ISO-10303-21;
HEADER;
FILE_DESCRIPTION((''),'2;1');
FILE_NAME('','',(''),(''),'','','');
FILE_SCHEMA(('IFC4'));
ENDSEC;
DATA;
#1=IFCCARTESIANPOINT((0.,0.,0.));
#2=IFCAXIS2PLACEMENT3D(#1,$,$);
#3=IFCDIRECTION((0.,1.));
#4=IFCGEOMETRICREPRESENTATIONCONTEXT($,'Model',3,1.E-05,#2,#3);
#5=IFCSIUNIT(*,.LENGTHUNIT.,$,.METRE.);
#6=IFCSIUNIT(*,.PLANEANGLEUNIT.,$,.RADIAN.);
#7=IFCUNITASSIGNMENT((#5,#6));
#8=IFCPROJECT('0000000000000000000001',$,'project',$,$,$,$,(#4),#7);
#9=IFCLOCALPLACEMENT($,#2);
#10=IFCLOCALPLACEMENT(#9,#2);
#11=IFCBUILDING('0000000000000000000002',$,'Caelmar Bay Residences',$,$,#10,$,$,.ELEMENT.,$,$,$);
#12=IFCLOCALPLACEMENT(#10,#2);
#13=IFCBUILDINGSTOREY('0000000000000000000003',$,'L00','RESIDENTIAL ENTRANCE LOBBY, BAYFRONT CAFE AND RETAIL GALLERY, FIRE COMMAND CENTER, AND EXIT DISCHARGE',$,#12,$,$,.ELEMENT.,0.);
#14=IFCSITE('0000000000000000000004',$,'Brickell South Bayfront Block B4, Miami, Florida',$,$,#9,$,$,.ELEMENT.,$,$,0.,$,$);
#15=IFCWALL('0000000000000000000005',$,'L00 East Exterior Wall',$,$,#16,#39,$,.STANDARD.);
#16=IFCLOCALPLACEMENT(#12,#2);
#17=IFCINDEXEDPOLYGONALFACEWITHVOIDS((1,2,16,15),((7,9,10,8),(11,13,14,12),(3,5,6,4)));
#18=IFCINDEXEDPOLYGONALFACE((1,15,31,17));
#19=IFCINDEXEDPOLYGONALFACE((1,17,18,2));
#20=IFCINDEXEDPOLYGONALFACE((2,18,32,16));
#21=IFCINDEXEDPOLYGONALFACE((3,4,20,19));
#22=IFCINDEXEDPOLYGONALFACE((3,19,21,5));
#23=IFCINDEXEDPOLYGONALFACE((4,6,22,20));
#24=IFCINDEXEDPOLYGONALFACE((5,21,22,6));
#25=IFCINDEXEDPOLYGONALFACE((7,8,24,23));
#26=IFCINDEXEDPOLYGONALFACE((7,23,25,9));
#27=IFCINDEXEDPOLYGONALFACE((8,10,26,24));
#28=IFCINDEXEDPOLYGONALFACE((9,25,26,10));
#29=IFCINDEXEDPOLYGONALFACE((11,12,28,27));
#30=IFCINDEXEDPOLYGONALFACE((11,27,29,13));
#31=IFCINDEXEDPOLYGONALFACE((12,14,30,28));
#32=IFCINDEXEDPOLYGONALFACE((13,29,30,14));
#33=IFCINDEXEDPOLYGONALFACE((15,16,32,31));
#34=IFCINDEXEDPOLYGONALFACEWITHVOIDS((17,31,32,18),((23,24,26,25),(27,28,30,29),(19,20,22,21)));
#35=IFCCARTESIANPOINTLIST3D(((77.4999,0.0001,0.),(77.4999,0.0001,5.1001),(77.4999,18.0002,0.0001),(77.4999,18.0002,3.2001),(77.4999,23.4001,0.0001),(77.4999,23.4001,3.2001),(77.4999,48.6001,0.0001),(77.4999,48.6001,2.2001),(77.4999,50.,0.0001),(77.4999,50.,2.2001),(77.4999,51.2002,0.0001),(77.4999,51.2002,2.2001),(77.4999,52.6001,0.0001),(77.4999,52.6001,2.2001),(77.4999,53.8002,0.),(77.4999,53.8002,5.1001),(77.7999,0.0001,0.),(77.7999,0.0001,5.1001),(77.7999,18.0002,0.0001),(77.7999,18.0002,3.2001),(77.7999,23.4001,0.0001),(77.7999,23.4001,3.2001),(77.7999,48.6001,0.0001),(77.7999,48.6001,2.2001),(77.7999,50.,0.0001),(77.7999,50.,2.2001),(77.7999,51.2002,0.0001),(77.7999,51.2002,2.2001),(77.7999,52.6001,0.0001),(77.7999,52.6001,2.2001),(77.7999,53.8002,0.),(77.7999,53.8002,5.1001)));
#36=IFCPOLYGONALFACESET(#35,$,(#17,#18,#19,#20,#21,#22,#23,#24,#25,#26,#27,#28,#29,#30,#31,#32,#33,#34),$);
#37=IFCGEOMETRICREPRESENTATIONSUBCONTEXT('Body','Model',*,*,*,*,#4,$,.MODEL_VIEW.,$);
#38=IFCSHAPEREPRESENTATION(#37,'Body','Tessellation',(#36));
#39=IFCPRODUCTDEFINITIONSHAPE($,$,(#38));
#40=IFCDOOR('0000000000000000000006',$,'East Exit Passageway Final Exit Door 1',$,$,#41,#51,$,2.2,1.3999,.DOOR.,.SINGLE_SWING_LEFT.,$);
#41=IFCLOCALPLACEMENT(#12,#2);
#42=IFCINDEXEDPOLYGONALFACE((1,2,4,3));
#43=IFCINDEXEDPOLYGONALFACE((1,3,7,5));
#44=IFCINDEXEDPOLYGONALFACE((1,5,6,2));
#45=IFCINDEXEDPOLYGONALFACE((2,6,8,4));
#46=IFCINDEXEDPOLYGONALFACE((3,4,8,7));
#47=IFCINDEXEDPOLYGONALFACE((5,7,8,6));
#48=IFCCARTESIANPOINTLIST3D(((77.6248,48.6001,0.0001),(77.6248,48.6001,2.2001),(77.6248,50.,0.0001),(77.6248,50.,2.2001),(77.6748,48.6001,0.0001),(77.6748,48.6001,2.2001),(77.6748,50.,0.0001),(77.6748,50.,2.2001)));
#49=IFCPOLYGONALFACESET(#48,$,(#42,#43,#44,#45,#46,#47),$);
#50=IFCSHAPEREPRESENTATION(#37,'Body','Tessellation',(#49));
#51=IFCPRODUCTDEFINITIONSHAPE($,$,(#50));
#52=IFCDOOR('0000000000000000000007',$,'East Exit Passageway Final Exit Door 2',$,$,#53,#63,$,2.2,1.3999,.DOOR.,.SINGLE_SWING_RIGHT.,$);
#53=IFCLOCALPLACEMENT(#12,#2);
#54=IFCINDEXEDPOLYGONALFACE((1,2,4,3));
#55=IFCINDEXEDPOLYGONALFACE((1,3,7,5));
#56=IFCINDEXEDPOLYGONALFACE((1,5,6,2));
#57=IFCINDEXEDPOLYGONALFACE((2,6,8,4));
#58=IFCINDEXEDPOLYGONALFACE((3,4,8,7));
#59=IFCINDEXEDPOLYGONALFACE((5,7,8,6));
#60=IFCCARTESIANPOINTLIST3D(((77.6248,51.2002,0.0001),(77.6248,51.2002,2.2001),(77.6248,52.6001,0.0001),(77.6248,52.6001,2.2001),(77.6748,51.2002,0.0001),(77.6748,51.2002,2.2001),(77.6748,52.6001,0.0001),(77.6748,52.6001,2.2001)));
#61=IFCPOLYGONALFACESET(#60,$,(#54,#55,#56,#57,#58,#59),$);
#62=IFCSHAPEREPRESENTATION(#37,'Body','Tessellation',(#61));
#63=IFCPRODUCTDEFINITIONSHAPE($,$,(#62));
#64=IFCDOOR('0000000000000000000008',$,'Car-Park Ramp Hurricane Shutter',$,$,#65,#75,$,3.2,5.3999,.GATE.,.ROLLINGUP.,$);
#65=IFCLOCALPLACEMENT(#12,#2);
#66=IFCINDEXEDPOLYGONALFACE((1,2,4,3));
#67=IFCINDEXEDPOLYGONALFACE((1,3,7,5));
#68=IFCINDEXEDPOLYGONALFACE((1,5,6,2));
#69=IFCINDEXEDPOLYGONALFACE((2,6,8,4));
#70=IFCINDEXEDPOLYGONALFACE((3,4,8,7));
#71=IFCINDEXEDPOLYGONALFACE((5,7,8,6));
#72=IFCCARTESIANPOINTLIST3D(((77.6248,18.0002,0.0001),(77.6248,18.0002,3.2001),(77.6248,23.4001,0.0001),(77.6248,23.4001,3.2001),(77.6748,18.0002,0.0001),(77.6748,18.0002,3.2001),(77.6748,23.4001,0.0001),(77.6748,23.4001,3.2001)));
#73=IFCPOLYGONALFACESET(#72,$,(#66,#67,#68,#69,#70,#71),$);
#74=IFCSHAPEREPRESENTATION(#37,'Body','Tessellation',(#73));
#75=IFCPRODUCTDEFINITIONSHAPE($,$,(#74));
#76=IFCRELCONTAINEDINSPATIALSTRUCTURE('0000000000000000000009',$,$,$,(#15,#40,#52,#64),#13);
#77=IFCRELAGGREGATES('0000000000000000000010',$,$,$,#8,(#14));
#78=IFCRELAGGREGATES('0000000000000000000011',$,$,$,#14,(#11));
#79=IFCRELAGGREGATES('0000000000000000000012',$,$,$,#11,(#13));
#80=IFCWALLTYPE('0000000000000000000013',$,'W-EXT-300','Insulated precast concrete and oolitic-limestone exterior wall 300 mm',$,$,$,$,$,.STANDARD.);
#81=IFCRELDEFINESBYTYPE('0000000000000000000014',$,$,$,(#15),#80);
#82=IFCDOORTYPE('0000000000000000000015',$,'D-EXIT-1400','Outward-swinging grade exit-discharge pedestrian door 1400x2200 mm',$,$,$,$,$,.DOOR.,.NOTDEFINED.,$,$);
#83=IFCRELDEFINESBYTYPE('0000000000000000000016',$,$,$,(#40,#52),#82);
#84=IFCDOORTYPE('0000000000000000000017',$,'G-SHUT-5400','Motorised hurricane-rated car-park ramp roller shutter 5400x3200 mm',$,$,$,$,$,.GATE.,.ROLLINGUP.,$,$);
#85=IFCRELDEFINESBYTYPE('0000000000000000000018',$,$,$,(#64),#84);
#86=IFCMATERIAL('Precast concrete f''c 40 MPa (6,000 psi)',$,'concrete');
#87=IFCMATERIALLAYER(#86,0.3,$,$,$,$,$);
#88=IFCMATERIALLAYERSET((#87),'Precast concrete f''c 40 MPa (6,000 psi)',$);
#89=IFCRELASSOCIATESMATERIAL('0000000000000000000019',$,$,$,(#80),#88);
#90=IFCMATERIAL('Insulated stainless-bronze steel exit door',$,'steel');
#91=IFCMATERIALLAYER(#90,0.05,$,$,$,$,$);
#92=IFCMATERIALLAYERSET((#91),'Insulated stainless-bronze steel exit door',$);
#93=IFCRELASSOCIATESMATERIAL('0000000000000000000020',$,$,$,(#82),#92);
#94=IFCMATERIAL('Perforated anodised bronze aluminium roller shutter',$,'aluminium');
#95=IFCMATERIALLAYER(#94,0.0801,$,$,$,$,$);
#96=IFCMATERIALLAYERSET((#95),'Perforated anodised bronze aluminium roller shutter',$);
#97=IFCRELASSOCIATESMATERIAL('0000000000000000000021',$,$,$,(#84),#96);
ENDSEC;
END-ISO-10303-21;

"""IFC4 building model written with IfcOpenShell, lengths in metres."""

from ifc_helpers import new_model, si_unit, direction, frame, frame_2d, origin, place, context, subcontext, project, spatial, rectangle, extrude, material, layer, layer_set, type_object, element, fill, save


model = new_model("IFC4")

# Units and contexts
model_context = context("Model", 3, precision=1e-05, world=origin(), true_north=direction((0.0, 1.0)))
body_context = subcontext(model_context, "Body", "Model", "MODEL_VIEW")
ifc_project = project(units=[si_unit("LENGTHUNIT", "METRE"), si_unit("PLANEANGLEUNIT", "RADIAN")], contexts=[model_context])

# Site, building, storey
site_placement = place(None, origin())
site = spatial("IfcSite", under=ifc_project, at=site_placement, Name="Brickell South Bayfront Block B4, Miami, Florida", CompositionType="ELEMENT", RefElevation=0.0)
building_placement = place(site_placement, origin())
building = spatial("IfcBuilding", under=site, at=building_placement, Name="Caelmar Bay Residences", CompositionType="ELEMENT")
storey_placement = place(building_placement, origin())
storey = spatial("IfcBuildingStorey", under=building, at=storey_placement, Name="L00", Description="RESIDENTIAL ENTRANCE LOBBY, BAYFRONT CAFE AND RETAIL GALLERY, FIRE COMMAND CENTER, AND EXIT DISCHARGE", CompositionType="ELEMENT", Elevation=0.0)

# Wall, openings, doors
ifc_material_1 = material(Name="Precast concrete f'c 40 MPa (6,000 psi)", Category="concrete")
ifc_layer_1 = layer(ifc_material_1, 0.3)
ifc_layer_set_1 = layer_set([ifc_layer_1], Name="Precast concrete f'c 40 MPa (6,000 psi)")
wall_type_1 = type_object("IfcWallType", Name="W-EXT-300", Description="Insulated precast concrete and oolitic-limestone exterior wall 300 mm", PredefinedType="STANDARD", material=ifc_layer_set_1)
wall_1_placement = place(storey_placement, frame((77.6499, 53.8, 0.0), z_axis=(0.0, 0.0, 1.0), x_axis=(0.0, -1.0, 0.0)))
wall_1 = element("IfcWall", 1, at=wall_1_placement, inside=storey, type_object=wall_type_1, Name="L00 East Exterior Wall", PredefinedType="STANDARD", context=body_context, shape_type="SweptSolid", body=[
    extrude(rectangle(XDim=53.8, YDim=0.3, at=frame_2d((26.8999, 0.0))), origin(), (0.0, 0.0, 1.0), 5.1001),
])
opening_1_placement = place(wall_1_placement, frame((3.8, 0.0, 0.0)))
opening_1 = element("IfcOpeningElement", 2, at=opening_1_placement, cuts=wall_1, PredefinedType="OPENING", context=body_context, shape_type="SweptSolid", body=[
    extrude(rectangle(XDim=1.3999, YDim=2.2, at=frame_2d((0.7, 1.1001))), frame((0.0, 0.1599, 0.0), z_axis=(0.0, -1.0, 0.0), x_axis=(1.0, 0.0, 0.0)), (0.0, 0.0, 1.0), 0.3201),
])
opening_2_placement = place(wall_1_placement, frame((1.2, 0.0, 0.0)))
opening_2 = element("IfcOpeningElement", 3, at=opening_2_placement, cuts=wall_1, PredefinedType="OPENING", context=body_context, shape_type="SweptSolid", body=[
    extrude(rectangle(XDim=1.3999, YDim=2.2, at=frame_2d((0.7, 1.1001))), frame((0.0, 0.1599, 0.0), z_axis=(0.0, -1.0, 0.0), x_axis=(1.0, 0.0, 0.0)), (0.0, 0.0, 1.0), 0.3201),
])
opening_3_placement = place(wall_1_placement, frame((30.3999, 0.0, 0.0)))
opening_3 = element("IfcOpeningElement", 4, at=opening_3_placement, cuts=wall_1, PredefinedType="OPENING", context=body_context, shape_type="SweptSolid", body=[
    extrude(rectangle(XDim=5.3999, YDim=3.2, at=frame_2d((2.7, 1.6001))), frame((0.0, 0.1599, 0.0), z_axis=(0.0, -1.0, 0.0), x_axis=(1.0, 0.0, 0.0)), (0.0, 0.0, 1.0), 0.3201),
])
ifc_material_2 = material(Name="Insulated stainless-bronze steel exit door", Category="steel")
ifc_layer_2 = layer(ifc_material_2, 0.05)
ifc_layer_set_2 = layer_set([ifc_layer_2], Name="Insulated stainless-bronze steel exit door")
door_type_1 = type_object("IfcDoorType", Name="D-EXIT-1400", Description="Outward-swinging grade exit-discharge pedestrian door 1400x2200 mm", OperationType="NOTDEFINED", PredefinedType="DOOR", material=ifc_layer_set_2)
door_1_placement = place(opening_1_placement, origin())
door_1 = element("IfcDoor", 5, at=door_1_placement, inside=storey, type_object=door_type_1, Name="East Exit Passageway Final Exit Door 1", OperationType="SINGLE_SWING_LEFT", OverallHeight=2.2, OverallWidth=1.3999, PredefinedType="DOOR", context=body_context, shape_type="SweptSolid", body=[
    extrude(rectangle(XDim=1.3999, YDim=2.2, at=frame_2d((0.7, 1.1001))), frame((0.0, 0.0249, 0.0), z_axis=(0.0, -1.0, 0.0), x_axis=(1.0, 0.0, 0.0)), (0.0, 0.0, 1.0), 0.05),
])
fill(opening_1, door_1)
door_2_placement = place(opening_2_placement, origin())
door_2 = element("IfcDoor", 6, at=door_2_placement, inside=storey, type_object=door_type_1, Name="East Exit Passageway Final Exit Door 2", OperationType="SINGLE_SWING_RIGHT", OverallHeight=2.2, OverallWidth=1.3999, PredefinedType="DOOR", context=body_context, shape_type="SweptSolid", body=[
    extrude(rectangle(XDim=1.3999, YDim=2.2, at=frame_2d((0.7, 1.1001))), frame((0.0, 0.0249, 0.0), z_axis=(0.0, -1.0, 0.0), x_axis=(1.0, 0.0, 0.0)), (0.0, 0.0, 1.0), 0.05),
])
fill(opening_2, door_2)
ifc_material_3 = material(Name="Perforated anodised bronze aluminium roller shutter", Category="aluminium")
ifc_layer_3 = layer(ifc_material_3, 0.0801)
ifc_layer_set_3 = layer_set([ifc_layer_3], Name="Perforated anodised bronze aluminium roller shutter")
door_type_2 = type_object("IfcDoorType", Name="G-SHUT-5400", Description="Motorised hurricane-rated car-park ramp roller shutter 5400x3200 mm", OperationType="ROLLINGUP", PredefinedType="GATE", material=ifc_layer_set_3)
door_3_placement = place(opening_3_placement, origin())
door_3 = element("IfcDoor", 7, at=door_3_placement, inside=storey, type_object=door_type_2, Name="Car-Park Ramp Hurricane Shutter", OperationType="ROLLINGUP", OverallHeight=3.2, OverallWidth=5.3999, PredefinedType="GATE", context=body_context, shape_type="SweptSolid", body=[
    extrude(rectangle(XDim=5.3999, YDim=3.2, at=frame_2d((2.7, 1.6001))), frame((0.0, 0.0249, 0.0), z_axis=(0.0, -1.0, 0.0), x_axis=(1.0, 0.0, 0.0)), (0.0, 0.0, 1.0), 0.05),
])
fill(opening_3, door_3)

save(model, "model.ifc")
